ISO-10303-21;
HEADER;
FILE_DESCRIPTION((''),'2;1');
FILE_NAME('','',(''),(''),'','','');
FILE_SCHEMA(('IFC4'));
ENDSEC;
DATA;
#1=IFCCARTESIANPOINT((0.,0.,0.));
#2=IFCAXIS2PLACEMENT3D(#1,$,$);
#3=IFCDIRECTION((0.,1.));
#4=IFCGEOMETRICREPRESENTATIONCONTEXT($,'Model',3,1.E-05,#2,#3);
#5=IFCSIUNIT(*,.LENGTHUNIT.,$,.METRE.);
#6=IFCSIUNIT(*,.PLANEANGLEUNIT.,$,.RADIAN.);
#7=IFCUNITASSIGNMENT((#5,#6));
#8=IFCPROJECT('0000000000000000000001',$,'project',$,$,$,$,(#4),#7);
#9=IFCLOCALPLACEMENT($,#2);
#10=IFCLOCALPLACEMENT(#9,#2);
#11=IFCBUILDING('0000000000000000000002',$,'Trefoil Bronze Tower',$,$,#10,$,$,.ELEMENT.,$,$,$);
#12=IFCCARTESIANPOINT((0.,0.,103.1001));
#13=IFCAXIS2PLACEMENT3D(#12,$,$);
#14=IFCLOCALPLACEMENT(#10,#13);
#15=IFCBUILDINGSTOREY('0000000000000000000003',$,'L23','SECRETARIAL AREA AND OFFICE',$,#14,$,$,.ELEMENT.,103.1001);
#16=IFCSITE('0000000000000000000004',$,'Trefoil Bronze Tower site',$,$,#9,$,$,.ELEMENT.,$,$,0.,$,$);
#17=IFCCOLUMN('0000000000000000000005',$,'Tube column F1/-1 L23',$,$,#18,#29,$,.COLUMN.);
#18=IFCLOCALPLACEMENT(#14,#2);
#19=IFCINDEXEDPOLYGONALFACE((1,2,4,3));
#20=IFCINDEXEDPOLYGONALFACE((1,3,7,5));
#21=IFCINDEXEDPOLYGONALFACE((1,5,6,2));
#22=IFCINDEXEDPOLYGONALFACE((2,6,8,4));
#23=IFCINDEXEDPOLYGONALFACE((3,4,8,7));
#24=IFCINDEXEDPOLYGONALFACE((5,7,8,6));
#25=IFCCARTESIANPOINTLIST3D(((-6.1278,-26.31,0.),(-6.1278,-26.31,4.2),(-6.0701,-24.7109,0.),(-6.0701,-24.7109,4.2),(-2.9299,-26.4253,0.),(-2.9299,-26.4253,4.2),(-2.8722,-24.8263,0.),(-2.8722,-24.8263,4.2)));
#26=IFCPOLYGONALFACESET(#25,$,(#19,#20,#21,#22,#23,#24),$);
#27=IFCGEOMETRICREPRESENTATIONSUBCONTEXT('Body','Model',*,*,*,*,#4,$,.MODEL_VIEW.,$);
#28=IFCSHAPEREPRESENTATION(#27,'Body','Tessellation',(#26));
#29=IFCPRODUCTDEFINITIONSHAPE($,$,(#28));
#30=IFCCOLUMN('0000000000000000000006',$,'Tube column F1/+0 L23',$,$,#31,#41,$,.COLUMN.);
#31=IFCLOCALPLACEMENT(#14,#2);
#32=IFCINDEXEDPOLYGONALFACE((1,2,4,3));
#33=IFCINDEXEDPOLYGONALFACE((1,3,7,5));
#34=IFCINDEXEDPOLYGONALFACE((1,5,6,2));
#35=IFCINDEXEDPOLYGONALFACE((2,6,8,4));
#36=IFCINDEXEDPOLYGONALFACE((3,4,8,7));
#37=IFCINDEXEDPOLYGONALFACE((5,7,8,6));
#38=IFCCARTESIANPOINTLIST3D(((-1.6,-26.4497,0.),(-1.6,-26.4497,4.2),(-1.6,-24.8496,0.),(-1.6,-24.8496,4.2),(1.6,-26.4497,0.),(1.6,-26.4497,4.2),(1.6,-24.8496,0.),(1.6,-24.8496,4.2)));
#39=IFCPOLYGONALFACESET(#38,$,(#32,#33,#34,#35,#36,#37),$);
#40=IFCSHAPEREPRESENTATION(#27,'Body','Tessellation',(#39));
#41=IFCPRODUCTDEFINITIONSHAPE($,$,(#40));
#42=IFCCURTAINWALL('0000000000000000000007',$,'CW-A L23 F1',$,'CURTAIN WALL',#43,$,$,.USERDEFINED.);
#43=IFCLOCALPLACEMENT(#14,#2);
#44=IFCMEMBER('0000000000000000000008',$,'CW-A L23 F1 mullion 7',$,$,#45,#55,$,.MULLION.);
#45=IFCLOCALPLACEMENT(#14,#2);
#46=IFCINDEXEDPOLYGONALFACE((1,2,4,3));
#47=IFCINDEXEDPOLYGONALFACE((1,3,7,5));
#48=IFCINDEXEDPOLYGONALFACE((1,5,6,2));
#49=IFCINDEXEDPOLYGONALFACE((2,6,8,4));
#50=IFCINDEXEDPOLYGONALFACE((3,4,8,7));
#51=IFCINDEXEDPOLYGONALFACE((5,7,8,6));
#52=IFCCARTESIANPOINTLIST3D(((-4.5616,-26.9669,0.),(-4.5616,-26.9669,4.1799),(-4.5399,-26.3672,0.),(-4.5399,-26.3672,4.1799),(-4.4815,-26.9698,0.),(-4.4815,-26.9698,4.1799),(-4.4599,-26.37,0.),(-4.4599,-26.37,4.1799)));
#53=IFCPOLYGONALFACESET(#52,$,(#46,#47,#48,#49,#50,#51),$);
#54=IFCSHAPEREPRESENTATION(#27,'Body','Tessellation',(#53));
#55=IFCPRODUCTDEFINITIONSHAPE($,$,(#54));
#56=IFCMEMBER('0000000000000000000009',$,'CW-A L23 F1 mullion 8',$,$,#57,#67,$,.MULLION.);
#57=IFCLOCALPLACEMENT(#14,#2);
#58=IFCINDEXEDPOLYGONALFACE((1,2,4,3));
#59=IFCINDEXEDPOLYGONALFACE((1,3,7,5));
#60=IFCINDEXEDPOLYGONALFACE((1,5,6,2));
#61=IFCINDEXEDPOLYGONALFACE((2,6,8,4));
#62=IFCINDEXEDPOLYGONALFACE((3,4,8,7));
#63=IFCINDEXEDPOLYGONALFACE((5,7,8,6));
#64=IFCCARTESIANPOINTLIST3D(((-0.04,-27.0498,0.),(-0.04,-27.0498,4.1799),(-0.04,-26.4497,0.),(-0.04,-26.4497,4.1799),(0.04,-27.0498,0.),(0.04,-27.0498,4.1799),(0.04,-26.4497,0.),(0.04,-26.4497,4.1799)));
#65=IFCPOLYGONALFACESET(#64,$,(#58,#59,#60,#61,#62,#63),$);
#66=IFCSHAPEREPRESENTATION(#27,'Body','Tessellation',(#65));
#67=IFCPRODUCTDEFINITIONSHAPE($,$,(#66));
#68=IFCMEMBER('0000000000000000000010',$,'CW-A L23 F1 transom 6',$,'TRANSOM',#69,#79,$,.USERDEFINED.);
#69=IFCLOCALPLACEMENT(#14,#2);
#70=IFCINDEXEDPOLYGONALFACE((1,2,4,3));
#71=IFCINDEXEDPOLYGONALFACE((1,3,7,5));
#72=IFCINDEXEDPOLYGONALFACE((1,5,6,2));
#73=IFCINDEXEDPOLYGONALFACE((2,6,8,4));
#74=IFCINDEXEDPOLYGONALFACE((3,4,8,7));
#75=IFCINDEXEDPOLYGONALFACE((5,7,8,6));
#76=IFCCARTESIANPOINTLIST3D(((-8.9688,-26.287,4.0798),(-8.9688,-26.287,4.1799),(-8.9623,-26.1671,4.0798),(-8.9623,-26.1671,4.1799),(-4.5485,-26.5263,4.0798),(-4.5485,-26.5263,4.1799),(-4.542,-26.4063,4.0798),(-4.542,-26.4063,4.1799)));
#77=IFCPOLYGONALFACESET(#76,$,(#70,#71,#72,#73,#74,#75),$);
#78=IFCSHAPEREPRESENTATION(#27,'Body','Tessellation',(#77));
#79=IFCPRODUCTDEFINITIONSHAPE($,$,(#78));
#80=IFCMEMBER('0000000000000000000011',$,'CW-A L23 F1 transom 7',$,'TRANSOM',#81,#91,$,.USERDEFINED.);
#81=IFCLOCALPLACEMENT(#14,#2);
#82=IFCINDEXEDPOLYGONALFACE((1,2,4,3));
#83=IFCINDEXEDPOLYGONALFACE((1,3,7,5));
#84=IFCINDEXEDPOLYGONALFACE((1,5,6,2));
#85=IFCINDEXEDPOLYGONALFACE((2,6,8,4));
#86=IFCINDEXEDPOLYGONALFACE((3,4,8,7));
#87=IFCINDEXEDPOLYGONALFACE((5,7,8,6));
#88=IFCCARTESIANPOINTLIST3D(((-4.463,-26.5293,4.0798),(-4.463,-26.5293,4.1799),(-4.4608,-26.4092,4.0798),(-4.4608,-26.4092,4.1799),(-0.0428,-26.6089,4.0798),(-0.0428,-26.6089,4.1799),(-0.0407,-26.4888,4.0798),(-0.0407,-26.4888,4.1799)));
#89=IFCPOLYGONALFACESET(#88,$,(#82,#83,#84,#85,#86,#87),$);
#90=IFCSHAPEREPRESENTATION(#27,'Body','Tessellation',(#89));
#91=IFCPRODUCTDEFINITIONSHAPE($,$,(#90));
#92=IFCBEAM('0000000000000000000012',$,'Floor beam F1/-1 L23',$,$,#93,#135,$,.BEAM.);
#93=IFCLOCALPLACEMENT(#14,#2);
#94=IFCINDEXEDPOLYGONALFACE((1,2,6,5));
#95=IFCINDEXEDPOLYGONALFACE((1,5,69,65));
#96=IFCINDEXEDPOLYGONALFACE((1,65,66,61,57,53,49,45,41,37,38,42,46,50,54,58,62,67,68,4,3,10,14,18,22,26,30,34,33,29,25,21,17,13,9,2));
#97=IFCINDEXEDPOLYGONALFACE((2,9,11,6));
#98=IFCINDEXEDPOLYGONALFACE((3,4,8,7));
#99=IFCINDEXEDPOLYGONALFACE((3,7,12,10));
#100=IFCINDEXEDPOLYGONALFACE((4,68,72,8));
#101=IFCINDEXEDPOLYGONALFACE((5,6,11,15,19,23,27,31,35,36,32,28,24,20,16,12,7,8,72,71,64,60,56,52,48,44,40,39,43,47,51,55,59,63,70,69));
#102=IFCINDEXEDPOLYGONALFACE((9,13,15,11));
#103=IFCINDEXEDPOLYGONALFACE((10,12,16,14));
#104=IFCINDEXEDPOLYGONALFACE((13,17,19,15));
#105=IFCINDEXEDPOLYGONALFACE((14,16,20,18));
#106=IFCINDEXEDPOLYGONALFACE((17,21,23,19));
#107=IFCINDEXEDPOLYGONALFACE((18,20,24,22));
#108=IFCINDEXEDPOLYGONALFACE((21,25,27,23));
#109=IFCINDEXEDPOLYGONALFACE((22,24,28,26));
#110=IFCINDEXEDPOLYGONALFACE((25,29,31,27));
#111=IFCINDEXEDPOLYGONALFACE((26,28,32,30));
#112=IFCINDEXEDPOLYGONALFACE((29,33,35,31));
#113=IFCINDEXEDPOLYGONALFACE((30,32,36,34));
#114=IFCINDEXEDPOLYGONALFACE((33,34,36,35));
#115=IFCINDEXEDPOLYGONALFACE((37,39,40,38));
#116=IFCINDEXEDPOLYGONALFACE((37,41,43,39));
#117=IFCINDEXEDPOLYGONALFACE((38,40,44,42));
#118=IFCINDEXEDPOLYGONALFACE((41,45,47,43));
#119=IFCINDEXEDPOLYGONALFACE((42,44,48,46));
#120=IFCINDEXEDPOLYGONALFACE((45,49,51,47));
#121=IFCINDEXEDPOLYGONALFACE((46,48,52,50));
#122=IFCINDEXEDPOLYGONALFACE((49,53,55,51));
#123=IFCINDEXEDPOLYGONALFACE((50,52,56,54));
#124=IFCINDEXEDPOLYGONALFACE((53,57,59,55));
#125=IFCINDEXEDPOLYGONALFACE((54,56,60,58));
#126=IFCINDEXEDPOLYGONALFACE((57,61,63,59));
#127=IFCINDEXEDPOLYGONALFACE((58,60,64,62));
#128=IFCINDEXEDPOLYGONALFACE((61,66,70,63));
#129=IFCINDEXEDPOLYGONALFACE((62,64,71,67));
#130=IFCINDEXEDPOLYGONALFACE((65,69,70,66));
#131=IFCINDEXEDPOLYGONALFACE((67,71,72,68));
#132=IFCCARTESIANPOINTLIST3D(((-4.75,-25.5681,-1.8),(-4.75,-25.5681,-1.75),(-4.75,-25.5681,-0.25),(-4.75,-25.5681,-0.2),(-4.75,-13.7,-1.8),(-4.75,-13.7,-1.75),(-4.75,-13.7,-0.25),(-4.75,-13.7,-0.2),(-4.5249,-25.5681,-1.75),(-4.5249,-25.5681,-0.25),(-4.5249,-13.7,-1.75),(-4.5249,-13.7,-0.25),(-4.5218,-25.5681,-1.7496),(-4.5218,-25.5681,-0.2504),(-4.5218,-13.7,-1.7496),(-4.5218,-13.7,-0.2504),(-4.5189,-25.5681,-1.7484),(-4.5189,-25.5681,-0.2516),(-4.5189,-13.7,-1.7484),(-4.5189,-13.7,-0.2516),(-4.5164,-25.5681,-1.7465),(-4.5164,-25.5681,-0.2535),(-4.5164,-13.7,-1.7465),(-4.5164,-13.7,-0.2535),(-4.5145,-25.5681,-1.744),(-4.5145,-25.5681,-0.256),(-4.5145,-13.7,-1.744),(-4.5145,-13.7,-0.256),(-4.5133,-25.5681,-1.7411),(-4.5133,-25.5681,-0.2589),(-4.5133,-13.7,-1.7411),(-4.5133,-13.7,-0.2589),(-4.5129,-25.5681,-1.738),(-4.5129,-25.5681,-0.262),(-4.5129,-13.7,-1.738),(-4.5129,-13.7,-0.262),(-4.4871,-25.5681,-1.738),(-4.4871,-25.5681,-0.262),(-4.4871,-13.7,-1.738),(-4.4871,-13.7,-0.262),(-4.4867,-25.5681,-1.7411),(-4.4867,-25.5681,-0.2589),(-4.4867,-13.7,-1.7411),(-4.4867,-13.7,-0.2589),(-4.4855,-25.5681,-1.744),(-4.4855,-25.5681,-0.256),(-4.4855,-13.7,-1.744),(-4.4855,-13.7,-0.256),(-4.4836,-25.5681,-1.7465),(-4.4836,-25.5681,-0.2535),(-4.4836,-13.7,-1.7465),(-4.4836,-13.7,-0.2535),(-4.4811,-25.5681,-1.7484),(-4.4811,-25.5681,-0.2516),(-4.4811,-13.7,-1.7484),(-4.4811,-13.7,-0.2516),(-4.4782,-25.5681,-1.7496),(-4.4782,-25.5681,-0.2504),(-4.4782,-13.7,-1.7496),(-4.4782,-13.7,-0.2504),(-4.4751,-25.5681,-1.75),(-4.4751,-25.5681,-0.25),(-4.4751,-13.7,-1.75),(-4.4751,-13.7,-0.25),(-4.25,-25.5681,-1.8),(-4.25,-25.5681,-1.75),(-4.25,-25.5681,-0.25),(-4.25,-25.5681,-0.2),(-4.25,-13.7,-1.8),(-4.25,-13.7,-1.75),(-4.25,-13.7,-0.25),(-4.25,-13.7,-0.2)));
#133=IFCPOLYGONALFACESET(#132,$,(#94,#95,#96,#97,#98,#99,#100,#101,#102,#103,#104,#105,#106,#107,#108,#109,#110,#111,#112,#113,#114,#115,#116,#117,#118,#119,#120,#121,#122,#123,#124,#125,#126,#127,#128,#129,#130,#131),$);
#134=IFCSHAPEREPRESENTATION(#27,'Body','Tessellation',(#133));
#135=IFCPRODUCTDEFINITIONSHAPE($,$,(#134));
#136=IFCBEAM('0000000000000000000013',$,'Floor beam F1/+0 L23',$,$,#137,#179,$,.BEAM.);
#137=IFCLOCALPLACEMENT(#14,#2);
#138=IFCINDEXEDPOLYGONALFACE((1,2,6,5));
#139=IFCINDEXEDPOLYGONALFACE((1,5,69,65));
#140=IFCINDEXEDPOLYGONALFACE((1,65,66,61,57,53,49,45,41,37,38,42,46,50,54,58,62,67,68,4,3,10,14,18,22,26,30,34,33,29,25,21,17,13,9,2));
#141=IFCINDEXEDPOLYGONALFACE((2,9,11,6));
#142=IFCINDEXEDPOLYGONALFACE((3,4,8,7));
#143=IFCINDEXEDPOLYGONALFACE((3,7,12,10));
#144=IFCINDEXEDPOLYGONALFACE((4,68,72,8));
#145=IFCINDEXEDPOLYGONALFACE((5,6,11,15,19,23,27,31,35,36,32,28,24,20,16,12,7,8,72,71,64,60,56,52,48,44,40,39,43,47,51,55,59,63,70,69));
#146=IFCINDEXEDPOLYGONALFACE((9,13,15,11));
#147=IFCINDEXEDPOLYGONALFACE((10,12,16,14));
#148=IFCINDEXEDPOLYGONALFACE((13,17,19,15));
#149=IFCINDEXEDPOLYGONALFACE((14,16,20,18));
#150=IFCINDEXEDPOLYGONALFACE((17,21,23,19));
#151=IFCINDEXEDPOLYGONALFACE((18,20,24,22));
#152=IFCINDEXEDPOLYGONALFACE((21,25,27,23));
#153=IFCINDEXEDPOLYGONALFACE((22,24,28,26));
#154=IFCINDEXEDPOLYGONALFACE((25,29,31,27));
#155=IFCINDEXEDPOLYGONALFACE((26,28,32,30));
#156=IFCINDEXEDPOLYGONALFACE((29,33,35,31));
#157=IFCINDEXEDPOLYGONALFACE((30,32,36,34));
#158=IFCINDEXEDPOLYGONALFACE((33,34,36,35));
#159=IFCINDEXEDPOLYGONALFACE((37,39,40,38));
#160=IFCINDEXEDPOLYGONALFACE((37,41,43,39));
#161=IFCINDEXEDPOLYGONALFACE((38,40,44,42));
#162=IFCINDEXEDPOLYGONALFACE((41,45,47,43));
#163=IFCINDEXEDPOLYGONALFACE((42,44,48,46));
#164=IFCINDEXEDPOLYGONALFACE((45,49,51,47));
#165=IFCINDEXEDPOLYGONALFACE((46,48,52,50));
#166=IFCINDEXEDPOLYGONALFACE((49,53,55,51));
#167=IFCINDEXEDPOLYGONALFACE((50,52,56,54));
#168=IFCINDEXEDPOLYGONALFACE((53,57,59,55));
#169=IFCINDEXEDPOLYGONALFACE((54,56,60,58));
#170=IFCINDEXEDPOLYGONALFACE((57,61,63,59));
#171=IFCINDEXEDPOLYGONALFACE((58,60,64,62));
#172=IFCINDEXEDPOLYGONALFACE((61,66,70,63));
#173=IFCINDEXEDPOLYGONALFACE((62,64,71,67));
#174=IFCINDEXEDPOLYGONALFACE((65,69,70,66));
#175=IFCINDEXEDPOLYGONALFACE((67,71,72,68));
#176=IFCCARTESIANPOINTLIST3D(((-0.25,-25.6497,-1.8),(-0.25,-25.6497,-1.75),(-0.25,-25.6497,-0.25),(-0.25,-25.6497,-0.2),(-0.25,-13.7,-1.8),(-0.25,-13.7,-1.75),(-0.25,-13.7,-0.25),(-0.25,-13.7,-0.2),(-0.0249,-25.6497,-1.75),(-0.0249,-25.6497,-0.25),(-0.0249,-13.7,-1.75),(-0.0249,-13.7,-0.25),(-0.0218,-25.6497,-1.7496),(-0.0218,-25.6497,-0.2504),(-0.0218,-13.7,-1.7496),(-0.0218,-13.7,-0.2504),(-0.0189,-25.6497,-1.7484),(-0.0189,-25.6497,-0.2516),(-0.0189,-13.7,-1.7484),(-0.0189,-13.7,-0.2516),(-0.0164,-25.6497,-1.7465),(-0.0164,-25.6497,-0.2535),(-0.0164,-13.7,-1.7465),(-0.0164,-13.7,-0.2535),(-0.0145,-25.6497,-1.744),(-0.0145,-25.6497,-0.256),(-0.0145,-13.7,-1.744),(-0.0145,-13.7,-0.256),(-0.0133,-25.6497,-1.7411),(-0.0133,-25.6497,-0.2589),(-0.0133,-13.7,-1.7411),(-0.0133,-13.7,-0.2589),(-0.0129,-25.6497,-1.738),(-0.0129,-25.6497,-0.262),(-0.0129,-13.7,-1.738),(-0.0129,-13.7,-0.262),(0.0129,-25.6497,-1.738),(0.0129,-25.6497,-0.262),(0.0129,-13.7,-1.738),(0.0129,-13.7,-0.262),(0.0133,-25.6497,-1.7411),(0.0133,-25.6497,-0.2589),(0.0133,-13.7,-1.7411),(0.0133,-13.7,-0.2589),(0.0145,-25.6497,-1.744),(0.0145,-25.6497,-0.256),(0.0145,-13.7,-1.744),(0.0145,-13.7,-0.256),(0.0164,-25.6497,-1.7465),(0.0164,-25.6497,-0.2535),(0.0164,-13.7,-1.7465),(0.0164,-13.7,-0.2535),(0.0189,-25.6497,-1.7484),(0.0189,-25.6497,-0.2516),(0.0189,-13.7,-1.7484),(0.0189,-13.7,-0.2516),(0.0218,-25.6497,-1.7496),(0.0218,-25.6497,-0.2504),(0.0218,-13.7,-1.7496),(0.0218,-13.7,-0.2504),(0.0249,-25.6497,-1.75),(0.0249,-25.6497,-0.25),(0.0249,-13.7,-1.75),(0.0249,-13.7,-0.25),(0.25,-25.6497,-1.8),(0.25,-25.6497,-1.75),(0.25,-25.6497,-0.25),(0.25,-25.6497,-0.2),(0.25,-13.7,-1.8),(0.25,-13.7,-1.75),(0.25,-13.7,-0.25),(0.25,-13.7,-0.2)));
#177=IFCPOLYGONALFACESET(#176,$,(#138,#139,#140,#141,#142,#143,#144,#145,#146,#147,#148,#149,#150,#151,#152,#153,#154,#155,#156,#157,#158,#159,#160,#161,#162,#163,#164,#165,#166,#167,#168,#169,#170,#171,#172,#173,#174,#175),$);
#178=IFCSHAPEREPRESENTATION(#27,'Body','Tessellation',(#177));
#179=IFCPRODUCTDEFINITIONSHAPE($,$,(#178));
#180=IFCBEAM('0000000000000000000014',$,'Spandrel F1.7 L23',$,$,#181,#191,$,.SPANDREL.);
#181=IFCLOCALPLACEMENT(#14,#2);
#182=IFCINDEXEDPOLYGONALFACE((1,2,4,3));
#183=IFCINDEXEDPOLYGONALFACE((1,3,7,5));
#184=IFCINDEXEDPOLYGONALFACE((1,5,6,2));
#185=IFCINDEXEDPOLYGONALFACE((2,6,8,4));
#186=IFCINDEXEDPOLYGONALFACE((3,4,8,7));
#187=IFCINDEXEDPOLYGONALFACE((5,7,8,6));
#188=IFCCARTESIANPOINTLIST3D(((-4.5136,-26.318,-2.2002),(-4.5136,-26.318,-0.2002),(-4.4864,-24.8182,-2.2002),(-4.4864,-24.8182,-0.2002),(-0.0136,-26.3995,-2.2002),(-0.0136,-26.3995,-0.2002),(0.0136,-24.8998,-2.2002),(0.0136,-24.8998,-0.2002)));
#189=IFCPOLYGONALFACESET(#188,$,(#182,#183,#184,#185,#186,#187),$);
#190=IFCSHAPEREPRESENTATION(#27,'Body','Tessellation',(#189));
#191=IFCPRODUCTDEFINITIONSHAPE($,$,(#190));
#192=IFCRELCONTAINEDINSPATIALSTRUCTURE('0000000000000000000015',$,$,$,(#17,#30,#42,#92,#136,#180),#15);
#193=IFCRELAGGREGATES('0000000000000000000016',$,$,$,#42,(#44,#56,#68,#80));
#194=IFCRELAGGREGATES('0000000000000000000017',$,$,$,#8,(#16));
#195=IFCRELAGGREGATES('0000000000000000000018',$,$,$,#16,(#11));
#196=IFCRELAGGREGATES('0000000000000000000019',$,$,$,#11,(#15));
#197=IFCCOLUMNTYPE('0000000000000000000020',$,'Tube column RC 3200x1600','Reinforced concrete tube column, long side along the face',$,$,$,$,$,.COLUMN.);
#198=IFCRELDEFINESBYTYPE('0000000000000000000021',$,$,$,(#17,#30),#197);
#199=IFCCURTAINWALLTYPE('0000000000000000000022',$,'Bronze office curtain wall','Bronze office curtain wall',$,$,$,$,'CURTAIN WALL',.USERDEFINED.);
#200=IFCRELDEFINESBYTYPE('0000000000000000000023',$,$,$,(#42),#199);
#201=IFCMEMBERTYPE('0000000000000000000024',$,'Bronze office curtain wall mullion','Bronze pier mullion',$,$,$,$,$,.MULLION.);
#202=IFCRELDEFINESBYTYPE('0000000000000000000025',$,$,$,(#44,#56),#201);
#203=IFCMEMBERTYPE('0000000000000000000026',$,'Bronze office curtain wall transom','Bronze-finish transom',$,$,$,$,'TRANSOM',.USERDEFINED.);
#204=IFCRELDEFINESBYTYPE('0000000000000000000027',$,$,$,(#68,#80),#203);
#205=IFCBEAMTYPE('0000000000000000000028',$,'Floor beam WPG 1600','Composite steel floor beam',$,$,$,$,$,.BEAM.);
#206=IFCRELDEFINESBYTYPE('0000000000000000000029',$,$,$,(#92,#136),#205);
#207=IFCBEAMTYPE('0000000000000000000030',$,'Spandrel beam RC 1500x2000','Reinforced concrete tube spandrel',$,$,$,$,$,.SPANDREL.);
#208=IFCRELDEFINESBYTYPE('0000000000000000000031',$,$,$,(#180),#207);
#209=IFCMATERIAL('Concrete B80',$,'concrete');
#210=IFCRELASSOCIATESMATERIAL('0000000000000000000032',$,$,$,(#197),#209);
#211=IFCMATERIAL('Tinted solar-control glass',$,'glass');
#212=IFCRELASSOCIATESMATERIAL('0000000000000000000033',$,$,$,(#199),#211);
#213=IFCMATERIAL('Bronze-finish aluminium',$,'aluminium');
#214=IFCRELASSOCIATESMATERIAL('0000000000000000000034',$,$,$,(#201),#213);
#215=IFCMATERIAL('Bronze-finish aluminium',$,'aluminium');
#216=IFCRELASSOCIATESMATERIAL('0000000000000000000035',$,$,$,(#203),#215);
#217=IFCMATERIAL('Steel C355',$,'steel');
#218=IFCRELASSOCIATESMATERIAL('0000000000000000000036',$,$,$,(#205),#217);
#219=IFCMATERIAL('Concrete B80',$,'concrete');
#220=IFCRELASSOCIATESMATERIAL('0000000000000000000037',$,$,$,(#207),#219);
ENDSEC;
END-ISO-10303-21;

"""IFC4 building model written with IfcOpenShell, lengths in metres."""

from ifc_helpers import new_model, si_unit, direction, frame, origin, origin_2d, place, context, subcontext, project, spatial, rectangle, i_section, extrude, material, material_profile, profile_set, type_object, element, aggregate, save


model = new_model("IFC4")

# Units and contexts
model_context = context("Model", 3, precision=1e-05, world=origin(), true_north=direction((0.0, 1.0)))
body_context = subcontext(model_context, "Body", "Model", "MODEL_VIEW")
ifc_project = project(units=[si_unit("LENGTHUNIT", "METRE"), si_unit("PLANEANGLEUNIT", "RADIAN")], contexts=[model_context])

# Site, building, storey
site_placement = place(None, origin())
site = spatial("IfcSite", under=ifc_project, at=site_placement, Name="Trefoil Bronze Tower site", CompositionType="ELEMENT", RefElevation=0.0)
building_placement = place(site_placement, origin())
building = spatial("IfcBuilding", under=site, at=building_placement, Name="Trefoil Bronze Tower", CompositionType="ELEMENT")
storey_placement = place(building_placement, frame((0.0, 0.0, 103.1001)))
storey = spatial("IfcBuildingStorey", under=building, at=storey_placement, Name="L23", Description="SECRETARIAL AREA AND OFFICE", CompositionType="ELEMENT", Elevation=103.1001)

# Columns
ifc_material_1 = material(Name="Concrete B80", Category="concrete")
ifc_material_profile_1 = material_profile(ifc_material_1, rectangle(XDim=3.2, YDim=1.6001, at=origin_2d()), Name="RC 3200x1600")
ifc_profile_set_1 = profile_set([ifc_material_profile_1], Name="Concrete B80")
column_type = type_object("IfcColumnType", Name="Tube column RC 3200x1600", Description="Reinforced concrete tube column, long side along the face", PredefinedType="COLUMN", material=ifc_profile_set_1)
for number, where, z_axis, x_axis, name in (
    (1, (-4.5, -25.5681, 0.0), (0.0, 0.0, 1.0), (0.99935, -0.036048, 0.0), "Tube column F1/-1 L23"),
    (2, (0.0, -25.6497, 0.0), (0.0, 0.0, 1.0), (1.0, 0.0, 0.0), "Tube column F1/+0 L23"),
):
    element("IfcColumn", number, at=place(storey_placement, frame(where, z_axis=z_axis, x_axis=x_axis)), inside=storey, type_object=column_type, Name=name, PredefinedType="COLUMN", context=body_context, shape_type="SweptSolid", body=[
        extrude(rectangle(XDim=3.2, YDim=1.6001, at=origin_2d()), origin(), (0.0, 0.0, 1.0), 4.2),
    ])

# Curtain wall, members
ifc_material_2 = material(Name="Tinted solar-control glass", Category="glass")
curtain_wall_type = type_object("IfcCurtainWallType", Name="Bronze office curtain wall", Description="Bronze office curtain wall", ElementType="CURTAIN WALL", PredefinedType="USERDEFINED", material=ifc_material_2)
curtain_wall_placement = place(storey_placement, origin())
curtain_wall = element("IfcCurtainWall", 3, at=curtain_wall_placement, inside=storey, type_object=curtain_wall_type, Name="CW-A L23 F1", ObjectType="CURTAIN WALL", PredefinedType="USERDEFINED")
ifc_material_3 = material(Name="Bronze-finish aluminium", Category="aluminium")
ifc_material_profile_2 = material_profile(ifc_material_3, rectangle(XDim=0.6001, YDim=0.0801, at=origin_2d()), Name="CW-A mullion")
ifc_profile_set_2 = profile_set([ifc_material_profile_2], Name="Bronze-finish aluminium")
member_type_1 = type_object("IfcMemberType", Name="Bronze office curtain wall mullion", Description="Bronze pier mullion", PredefinedType="MULLION", material=ifc_profile_set_2)
member_1_placement = place(storey_placement, frame((-4.5107, -26.6685, 0.0), z_axis=(0.0, 0.0, 1.0), x_axis=(0.036048, 0.99935, 0.0)))
member_1 = element("IfcMember", 4, at=member_1_placement, type_object=member_type_1, Name="CW-A L23 F1 mullion 7", PredefinedType="MULLION", context=body_context, shape_type="SweptSolid", body=[
    extrude(rectangle(XDim=0.6001, YDim=0.0801, at=origin_2d()), origin(), (0.0, 0.0, 1.0), 4.1799),
])
member_2_placement = place(storey_placement, frame((0.0, -26.7498, 0.0), z_axis=(0.0, 0.0, 1.0), x_axis=(0.0, 1.0, 0.0)))
member_2 = element("IfcMember", 5, at=member_2_placement, type_object=member_type_1, Name="CW-A L23 F1 mullion 8", PredefinedType="MULLION", context=body_context, shape_type="SweptSolid", body=[
    extrude(rectangle(XDim=0.6001, YDim=0.0801, at=origin_2d()), origin(), (0.0, 0.0, 1.0), 4.1799),
])
ifc_material_4 = material(Name="Bronze-finish aluminium", Category="aluminium")
ifc_material_profile_3 = material_profile(ifc_material_4, rectangle(XDim=0.1201, YDim=0.1001, at=origin_2d()), Name="CW-A transom")
ifc_profile_set_3 = profile_set([ifc_material_profile_3], Name="Bronze-finish aluminium")
member_type_2 = type_object("IfcMemberType", Name="Bronze office curtain wall transom", Description="Bronze-finish transom", ElementType="TRANSOM", PredefinedType="USERDEFINED", material=ifc_profile_set_3)
member_3_placement = place(storey_placement, frame((-8.9656, -26.2271, 4.1299), z_axis=(0.998538, -0.05405, 0.0), x_axis=(0.05405, 0.998538, 0.0)))
member_3 = element("IfcMember", 6, at=member_3_placement, type_object=member_type_2, Name="CW-A L23 F1 transom 6", ObjectType="TRANSOM", PredefinedType="USERDEFINED", context=body_context, shape_type="SweptSolid", body=[
    extrude(rectangle(XDim=0.1201, YDim=0.1001, at=origin_2d()), origin(), (0.0, 0.0, 1.0), 4.4268),
])
member_4_placement = place(storey_placement, frame((-4.4619, -26.4692, 4.1299), z_axis=(0.999838, -0.018003, 0.0), x_axis=(0.018003, 0.999838, 0.0)))
member_4 = element("IfcMember", 7, at=member_4_placement, type_object=member_type_2, Name="CW-A L23 F1 transom 7", ObjectType="TRANSOM", PredefinedType="USERDEFINED", context=body_context, shape_type="SweptSolid", body=[
    extrude(rectangle(XDim=0.1201, YDim=0.1001, at=origin_2d()), origin(), (0.0, 0.0, 1.0), 4.4209),
])

# Beams
ifc_material_5 = material(Name="Steel C355", Category="steel")
ifc_material_profile_4 = material_profile(ifc_material_5, i_section(OverallWidth=0.5, OverallDepth=1.6001, WebThickness=0.0259, FlangeThickness=0.05, FilletRadius=0.012, at=origin_2d()), Name="WPG 1600")
ifc_profile_set_4 = profile_set([ifc_material_profile_4], Name="Steel C355")
beam_type_1 = type_object("IfcBeamType", Name="Floor beam WPG 1600", Description="Composite steel floor beam", PredefinedType="BEAM", material=ifc_profile_set_4)
beam_1_placement = place(storey_placement, frame((-4.5, -25.5681, -1.0), z_axis=(0.0, 1.0, 0.0), x_axis=(-1.0, 0.0, 0.0)))
element("IfcBeam", 8, at=beam_1_placement, inside=storey, type_object=beam_type_1, Name="Floor beam F1/-1 L23", PredefinedType="BEAM", context=body_context, shape_type="SweptSolid", body=[
    extrude(i_section(OverallWidth=0.5, OverallDepth=1.6001, WebThickness=0.0259, FlangeThickness=0.05, FilletRadius=0.012, at=origin_2d()), origin(), (0.0, 0.0, 1.0), 11.8682),
])
beam_2_placement = place(storey_placement, frame((0.0, -25.6497, -1.0), z_axis=(0.0, 1.0, 0.0), x_axis=(-1.0, 0.0, 0.0)))
element("IfcBeam", 9, at=beam_2_placement, inside=storey, type_object=beam_type_1, Name="Floor beam F1/+0 L23", PredefinedType="BEAM", context=body_context, shape_type="SweptSolid", body=[
    extrude(i_section(OverallWidth=0.5, OverallDepth=1.6001, WebThickness=0.0259, FlangeThickness=0.05, FilletRadius=0.012, at=origin_2d()), origin(), (0.0, 0.0, 1.0), 11.9497),
])
ifc_material_6 = material(Name="Concrete B80", Category="concrete")
ifc_material_profile_5 = material_profile(ifc_material_6, rectangle(XDim=1.5, YDim=2.0, at=origin_2d()), Name="RC 1500x2000")
ifc_profile_set_5 = profile_set([ifc_material_profile_5], Name="Concrete B80")
beam_type_2 = type_object("IfcBeamType", Name="Spandrel beam RC 1500x2000", Description="Reinforced concrete tube spandrel", PredefinedType="SPANDREL", material=ifc_profile_set_5)
for number, where, z_axis, x_axis, name in (
    (10, (-4.5, -25.5681, -1.2002), (0.999836, -0.018118, 0.0), (0.018118, 0.999836, 0.0), "Spandrel F1.7 L23"),
):
    element("IfcBeam", number, at=place(storey_placement, frame(where, z_axis=z_axis, x_axis=x_axis)), inside=storey, type_object=beam_type_2, Name=name, PredefinedType="SPANDREL", context=body_context, shape_type="SweptSolid", body=[
        extrude(rectangle(XDim=1.5, YDim=2.0, at=origin_2d()), origin(), (0.0, 0.0, 1.0), 4.5007),
    ])

aggregate(curtain_wall, [member_1, member_2, member_3, member_4])

save(model, "model.ifc")
